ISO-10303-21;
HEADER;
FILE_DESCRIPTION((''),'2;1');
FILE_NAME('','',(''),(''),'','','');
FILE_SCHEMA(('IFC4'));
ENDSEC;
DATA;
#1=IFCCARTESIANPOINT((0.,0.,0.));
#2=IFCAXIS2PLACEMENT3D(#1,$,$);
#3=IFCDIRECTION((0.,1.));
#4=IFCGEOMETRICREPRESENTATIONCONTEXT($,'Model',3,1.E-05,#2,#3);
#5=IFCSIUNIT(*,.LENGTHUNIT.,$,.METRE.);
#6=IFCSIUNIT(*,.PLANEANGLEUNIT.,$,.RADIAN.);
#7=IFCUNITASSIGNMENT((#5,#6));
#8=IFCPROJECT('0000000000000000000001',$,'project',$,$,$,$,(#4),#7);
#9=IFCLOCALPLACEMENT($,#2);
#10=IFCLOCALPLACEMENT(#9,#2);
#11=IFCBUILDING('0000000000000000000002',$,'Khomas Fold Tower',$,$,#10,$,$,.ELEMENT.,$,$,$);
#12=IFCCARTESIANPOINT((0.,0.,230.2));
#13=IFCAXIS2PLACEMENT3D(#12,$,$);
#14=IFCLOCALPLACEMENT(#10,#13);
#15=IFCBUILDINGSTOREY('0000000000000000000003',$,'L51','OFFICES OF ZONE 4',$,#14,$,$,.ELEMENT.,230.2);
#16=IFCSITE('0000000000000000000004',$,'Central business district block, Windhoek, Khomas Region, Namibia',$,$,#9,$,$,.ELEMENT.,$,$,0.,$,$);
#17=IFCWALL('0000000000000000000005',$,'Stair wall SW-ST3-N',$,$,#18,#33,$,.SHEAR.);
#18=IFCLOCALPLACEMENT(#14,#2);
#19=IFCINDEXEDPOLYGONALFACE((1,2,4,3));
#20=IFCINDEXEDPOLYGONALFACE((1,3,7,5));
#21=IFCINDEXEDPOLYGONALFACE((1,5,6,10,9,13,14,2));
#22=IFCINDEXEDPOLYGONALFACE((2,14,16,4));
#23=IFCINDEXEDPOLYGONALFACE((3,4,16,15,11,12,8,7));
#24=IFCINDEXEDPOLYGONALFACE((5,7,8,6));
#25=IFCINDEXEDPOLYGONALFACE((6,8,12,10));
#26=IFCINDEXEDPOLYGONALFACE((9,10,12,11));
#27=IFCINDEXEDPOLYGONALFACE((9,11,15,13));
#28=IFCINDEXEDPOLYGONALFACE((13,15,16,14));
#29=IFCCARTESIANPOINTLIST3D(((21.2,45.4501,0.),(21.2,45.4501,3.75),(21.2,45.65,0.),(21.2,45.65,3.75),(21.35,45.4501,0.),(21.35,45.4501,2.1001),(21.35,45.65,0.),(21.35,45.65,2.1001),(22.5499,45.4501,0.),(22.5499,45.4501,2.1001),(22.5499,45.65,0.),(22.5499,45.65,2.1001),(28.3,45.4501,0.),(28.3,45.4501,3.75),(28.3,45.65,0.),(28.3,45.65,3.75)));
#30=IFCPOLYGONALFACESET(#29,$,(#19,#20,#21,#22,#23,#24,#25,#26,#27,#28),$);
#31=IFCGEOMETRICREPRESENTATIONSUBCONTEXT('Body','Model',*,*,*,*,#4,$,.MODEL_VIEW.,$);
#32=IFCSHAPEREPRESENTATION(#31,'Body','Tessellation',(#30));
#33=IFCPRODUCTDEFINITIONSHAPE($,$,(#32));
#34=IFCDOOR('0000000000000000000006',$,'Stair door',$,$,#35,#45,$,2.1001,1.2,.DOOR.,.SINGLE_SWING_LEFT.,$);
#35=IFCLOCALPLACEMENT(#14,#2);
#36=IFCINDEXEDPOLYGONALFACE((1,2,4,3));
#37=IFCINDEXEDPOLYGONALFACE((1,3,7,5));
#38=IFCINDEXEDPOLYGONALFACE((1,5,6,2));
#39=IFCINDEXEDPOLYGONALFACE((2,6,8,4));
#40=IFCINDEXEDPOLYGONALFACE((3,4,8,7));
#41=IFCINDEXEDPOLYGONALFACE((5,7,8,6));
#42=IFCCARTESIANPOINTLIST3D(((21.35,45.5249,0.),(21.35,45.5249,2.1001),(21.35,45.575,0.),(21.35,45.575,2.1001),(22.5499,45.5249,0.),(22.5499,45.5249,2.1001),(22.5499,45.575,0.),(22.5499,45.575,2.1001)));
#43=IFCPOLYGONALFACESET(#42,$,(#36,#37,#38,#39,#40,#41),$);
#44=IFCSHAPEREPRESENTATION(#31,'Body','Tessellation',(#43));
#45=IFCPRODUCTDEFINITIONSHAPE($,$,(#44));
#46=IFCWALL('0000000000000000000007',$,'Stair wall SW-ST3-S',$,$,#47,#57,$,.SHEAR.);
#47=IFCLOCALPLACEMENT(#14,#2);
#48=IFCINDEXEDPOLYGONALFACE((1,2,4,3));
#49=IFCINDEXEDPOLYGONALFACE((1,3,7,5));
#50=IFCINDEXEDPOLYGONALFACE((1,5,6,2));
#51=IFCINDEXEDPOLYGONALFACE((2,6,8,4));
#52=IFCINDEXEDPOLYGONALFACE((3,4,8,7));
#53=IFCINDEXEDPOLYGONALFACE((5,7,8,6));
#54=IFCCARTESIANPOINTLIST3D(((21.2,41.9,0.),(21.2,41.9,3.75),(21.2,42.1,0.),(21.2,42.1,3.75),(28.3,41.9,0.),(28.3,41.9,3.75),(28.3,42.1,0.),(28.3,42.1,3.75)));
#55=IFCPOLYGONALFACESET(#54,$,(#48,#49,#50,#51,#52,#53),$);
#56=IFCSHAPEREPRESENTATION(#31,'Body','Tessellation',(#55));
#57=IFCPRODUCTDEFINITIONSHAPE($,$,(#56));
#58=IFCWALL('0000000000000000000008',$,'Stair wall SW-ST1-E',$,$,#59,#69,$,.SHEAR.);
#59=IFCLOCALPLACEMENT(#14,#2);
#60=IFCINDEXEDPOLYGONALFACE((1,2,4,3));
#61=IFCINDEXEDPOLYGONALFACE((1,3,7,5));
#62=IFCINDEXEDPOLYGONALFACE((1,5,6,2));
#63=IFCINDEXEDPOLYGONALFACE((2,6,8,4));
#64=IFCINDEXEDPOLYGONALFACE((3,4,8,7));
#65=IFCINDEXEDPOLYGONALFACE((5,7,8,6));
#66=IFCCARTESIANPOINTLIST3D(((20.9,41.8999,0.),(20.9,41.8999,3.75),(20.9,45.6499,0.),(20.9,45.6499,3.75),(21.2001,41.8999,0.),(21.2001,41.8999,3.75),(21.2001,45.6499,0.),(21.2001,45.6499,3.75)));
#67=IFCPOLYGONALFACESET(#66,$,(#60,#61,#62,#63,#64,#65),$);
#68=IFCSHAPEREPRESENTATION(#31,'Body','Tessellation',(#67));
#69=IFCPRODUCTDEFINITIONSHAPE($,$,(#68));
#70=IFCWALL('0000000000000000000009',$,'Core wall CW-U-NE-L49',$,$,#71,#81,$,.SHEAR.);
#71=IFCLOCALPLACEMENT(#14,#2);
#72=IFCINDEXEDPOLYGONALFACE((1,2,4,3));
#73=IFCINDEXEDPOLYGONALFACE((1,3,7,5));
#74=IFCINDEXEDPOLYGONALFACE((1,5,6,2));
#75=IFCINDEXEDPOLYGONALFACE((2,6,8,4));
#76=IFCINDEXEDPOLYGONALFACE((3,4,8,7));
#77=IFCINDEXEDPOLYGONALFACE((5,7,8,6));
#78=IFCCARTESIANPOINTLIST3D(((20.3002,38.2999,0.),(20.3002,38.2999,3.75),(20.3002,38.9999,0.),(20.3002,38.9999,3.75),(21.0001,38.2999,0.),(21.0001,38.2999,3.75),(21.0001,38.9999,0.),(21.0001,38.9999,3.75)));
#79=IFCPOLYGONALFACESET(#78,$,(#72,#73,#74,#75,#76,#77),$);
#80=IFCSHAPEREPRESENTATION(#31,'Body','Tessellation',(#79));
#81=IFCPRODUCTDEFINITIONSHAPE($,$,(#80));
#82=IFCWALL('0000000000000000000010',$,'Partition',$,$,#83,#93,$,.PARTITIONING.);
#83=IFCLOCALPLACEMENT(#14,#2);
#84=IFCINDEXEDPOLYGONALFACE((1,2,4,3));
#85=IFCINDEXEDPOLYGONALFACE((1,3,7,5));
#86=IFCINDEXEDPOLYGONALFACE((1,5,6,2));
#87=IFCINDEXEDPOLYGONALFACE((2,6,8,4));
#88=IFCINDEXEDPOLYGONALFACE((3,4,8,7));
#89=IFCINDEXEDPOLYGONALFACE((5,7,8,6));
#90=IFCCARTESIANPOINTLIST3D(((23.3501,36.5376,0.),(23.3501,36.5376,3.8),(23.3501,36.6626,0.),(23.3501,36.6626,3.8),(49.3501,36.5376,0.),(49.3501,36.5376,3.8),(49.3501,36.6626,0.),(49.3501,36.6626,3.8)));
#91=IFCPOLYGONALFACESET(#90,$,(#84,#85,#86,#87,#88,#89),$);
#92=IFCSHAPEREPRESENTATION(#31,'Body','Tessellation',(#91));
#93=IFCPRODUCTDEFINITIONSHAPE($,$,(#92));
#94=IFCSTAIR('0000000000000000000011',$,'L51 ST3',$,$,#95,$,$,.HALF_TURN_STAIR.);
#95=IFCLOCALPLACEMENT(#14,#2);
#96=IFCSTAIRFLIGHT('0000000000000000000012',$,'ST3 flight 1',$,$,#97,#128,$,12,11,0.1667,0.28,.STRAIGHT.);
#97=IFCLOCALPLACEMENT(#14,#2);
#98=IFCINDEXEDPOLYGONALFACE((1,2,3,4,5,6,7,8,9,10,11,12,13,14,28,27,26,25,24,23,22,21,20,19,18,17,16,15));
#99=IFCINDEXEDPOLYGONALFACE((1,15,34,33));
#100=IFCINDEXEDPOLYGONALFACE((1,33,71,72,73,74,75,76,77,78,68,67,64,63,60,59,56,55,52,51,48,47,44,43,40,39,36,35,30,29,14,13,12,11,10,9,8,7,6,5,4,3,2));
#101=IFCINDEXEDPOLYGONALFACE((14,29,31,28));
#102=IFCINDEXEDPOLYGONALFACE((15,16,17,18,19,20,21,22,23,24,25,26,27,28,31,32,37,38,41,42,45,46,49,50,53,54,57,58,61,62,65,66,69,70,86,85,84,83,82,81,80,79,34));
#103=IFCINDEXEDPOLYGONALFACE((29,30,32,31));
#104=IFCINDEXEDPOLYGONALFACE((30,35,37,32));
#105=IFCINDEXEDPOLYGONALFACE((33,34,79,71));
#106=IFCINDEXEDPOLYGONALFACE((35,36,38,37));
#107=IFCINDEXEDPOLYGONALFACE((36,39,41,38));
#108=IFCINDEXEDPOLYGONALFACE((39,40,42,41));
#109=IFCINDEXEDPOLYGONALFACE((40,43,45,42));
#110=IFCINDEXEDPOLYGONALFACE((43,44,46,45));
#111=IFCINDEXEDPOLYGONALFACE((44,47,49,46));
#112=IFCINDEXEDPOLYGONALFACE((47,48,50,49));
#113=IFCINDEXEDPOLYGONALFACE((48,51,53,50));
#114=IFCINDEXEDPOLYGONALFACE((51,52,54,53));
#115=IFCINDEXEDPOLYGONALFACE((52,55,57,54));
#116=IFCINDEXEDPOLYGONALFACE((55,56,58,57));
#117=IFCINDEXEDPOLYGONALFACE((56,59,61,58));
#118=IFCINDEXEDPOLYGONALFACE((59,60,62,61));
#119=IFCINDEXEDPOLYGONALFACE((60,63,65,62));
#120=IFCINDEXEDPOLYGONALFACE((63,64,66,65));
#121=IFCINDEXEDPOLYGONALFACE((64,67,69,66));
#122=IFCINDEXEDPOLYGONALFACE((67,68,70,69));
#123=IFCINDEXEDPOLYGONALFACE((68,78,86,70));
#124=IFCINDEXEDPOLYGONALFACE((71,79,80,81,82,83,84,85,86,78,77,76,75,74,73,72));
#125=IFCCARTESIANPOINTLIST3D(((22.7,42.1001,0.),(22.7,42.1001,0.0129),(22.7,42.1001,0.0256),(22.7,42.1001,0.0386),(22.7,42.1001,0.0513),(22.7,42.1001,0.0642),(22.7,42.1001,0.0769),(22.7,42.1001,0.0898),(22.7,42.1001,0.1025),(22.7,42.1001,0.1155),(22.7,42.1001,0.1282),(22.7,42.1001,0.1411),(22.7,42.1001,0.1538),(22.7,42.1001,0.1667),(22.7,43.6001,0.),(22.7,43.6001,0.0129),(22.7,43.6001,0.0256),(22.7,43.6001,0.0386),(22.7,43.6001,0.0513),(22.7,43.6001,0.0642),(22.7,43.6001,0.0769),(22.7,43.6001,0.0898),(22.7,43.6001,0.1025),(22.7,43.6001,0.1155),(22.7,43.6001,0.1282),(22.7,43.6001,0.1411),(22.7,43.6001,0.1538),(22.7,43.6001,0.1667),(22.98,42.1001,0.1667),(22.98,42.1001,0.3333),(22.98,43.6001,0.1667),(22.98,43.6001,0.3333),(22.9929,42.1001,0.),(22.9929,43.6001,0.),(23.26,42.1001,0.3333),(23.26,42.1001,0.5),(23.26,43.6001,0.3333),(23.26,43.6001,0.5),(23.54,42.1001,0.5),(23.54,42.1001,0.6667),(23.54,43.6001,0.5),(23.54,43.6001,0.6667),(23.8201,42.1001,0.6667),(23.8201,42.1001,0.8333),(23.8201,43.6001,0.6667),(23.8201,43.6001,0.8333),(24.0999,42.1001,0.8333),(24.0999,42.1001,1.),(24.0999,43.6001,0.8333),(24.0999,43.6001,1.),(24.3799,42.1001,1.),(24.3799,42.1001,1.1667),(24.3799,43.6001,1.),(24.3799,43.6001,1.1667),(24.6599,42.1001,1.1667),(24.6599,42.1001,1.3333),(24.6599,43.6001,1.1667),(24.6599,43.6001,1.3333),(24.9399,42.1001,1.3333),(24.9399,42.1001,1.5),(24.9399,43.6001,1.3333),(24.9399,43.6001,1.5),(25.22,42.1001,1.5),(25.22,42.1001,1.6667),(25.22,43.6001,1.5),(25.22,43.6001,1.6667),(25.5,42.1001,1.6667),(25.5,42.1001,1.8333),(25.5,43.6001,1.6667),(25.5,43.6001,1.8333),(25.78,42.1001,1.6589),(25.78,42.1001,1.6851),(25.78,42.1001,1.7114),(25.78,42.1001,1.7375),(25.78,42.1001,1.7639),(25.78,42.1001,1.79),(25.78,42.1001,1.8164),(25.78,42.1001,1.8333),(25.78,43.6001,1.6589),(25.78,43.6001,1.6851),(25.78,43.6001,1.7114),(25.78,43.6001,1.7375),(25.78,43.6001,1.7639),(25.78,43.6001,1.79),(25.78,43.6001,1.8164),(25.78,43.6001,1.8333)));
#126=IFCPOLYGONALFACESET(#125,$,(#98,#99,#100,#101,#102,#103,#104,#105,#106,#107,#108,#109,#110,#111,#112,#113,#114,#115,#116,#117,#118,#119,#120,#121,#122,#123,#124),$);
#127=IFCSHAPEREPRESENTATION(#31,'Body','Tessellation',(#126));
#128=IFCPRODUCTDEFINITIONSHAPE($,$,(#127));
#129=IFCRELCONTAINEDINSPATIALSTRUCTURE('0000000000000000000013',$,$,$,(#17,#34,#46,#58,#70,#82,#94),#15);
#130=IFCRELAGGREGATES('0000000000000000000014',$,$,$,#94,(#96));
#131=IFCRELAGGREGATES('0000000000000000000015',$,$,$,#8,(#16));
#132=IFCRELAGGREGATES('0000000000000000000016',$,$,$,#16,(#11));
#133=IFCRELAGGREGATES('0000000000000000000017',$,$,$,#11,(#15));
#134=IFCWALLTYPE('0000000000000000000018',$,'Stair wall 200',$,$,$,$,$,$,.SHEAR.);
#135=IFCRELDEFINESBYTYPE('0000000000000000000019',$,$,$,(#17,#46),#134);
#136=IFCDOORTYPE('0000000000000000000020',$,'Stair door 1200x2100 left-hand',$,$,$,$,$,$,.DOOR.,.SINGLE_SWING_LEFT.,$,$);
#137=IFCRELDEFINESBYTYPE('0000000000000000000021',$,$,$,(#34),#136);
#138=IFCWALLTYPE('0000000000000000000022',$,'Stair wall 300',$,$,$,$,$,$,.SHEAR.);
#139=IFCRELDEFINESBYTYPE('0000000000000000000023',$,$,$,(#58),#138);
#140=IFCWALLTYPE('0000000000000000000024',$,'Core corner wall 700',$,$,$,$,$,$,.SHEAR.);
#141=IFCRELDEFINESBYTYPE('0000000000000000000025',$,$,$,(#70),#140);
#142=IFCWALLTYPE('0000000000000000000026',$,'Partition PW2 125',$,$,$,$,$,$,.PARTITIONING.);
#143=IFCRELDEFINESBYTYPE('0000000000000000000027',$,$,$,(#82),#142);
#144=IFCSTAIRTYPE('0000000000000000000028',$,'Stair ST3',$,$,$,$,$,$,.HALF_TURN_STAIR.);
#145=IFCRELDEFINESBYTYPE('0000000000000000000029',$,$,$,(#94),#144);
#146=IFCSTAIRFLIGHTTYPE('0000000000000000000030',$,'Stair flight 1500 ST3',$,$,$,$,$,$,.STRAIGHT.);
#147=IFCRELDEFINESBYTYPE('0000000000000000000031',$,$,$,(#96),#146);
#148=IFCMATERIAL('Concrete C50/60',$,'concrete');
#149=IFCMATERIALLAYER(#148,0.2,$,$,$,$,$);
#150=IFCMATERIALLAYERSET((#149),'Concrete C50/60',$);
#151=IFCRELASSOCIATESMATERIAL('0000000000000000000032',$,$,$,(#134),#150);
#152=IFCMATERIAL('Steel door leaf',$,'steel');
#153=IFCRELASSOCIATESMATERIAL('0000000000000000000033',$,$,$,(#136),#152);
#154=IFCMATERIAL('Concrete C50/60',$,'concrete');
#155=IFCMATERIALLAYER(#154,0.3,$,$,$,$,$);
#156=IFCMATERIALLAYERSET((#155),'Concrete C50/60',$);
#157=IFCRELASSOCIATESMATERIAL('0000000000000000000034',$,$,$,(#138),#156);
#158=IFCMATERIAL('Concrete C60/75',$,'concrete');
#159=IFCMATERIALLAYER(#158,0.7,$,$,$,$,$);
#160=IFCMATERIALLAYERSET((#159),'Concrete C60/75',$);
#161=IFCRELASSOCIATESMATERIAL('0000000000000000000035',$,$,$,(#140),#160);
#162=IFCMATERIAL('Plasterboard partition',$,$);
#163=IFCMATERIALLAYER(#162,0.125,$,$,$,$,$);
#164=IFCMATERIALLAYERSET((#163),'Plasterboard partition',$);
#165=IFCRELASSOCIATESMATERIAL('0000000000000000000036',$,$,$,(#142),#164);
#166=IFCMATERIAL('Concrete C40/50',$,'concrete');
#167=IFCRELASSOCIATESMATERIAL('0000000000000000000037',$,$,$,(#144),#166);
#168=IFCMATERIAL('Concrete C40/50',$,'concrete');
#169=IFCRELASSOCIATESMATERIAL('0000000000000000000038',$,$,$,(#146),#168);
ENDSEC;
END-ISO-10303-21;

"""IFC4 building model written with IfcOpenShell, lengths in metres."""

from ifc_helpers import new_model, si_unit, direction, frame, frame_2d, origin, place, context, subcontext, project, spatial, polyline, rectangle, outline, extrude, source, transform, mapped, material, layer, layer_set, type_object, element, fill, aggregate, save


model = new_model("IFC4")

# Units and contexts
model_context = context("Model", 3, precision=1e-05, world=origin(), true_north=direction((0.0, 1.0)))
body_context = subcontext(model_context, "Body", "Model", "MODEL_VIEW")
ifc_project = project(units=[si_unit("LENGTHUNIT", "METRE"), si_unit("PLANEANGLEUNIT", "RADIAN")], contexts=[model_context])

# Site, building, storey
site_placement = place(None, origin())
site = spatial("IfcSite", under=ifc_project, at=site_placement, Name="Central business district block, Windhoek, Khomas Region, Namibia", CompositionType="ELEMENT", RefElevation=0.0)
building_placement = place(site_placement, origin())
building = spatial("IfcBuilding", under=site, at=building_placement, Name="Khomas Fold Tower", CompositionType="ELEMENT")
storey_placement = place(building_placement, frame((0.0, 0.0, 230.2)))
storey = spatial("IfcBuildingStorey", under=building, at=storey_placement, Name="L51", Description="OFFICES OF ZONE 4", CompositionType="ELEMENT", Elevation=230.2)

# Wall, opening, door
ifc_material_1 = material(Name="Concrete C50/60", Category="concrete")
ifc_layer_1 = layer(ifc_material_1, 0.2)
ifc_layer_set_1 = layer_set([ifc_layer_1], Name="Concrete C50/60")
wall_type_1 = type_object("IfcWallType", Name="Stair wall 200", PredefinedType="SHEAR", material=ifc_layer_set_1)
shared_shape_1 = source(origin(), body_context, "Body", "SweptSolid", [
    extrude(rectangle(XDim=7.1001, YDim=0.2, at=frame_2d((3.55, 0.0))), origin(), (0.0, 0.0, 1.0), 3.75),
])
wall_1_placement = place(storey_placement, frame((21.2, 45.55, 0.0), z_axis=(0.0, 0.0, 1.0), x_axis=(1.0, 0.0, 0.0)))
wall_1 = element("IfcWall", 1, at=wall_1_placement, inside=storey, type_object=wall_type_1, Name="Stair wall SW-ST3-N", PredefinedType="SHEAR", context=body_context, shape_type="MappedRepresentation", body=[
    mapped(shared_shape_1, transform((0.0, 0.0, 0.0))),
])
shared_shape_2 = source(origin(), body_context, "Body", "SweptSolid", [
    extrude(rectangle(XDim=1.2, YDim=2.1001, at=frame_2d((0.6001, 1.05))), frame((0.0, 0.1099, 0.0), z_axis=(0.0, -1.0, 0.0), x_axis=(1.0, 0.0, 0.0)), (0.0, 0.0, 1.0), 0.22),
])
opening_placement = place(wall_1_placement, frame((0.1499, 0.0, 0.0)))
opening = element("IfcOpeningElement", 2, at=opening_placement, cuts=wall_1, PredefinedType="OPENING", context=body_context, shape_type="MappedRepresentation", body=[
    mapped(shared_shape_2, transform((0.0, 0.0, 0.0))),
])
ifc_material_2 = material(Name="Steel door leaf", Category="steel")
door_type = type_object("IfcDoorType", Name="Stair door 1200x2100 left-hand", OperationType="SINGLE_SWING_LEFT", PredefinedType="DOOR", material=ifc_material_2)
shared_shape_3 = source(origin(), body_context, "Body", "SweptSolid", [
    extrude(rectangle(XDim=1.2, YDim=2.1001, at=frame_2d((0.6001, 1.05))), frame((0.0, 0.0249, 0.0), z_axis=(0.0, -1.0, 0.0), x_axis=(1.0, 0.0, 0.0)), (0.0, 0.0, 1.0), 0.05),
])
door_placement = place(opening_placement, origin())
door = element("IfcDoor", 3, at=door_placement, inside=storey, type_object=door_type, Name="Stair door", OperationType="SINGLE_SWING_LEFT", OverallHeight=2.1001, OverallWidth=1.2, PredefinedType="DOOR", context=body_context, shape_type="MappedRepresentation", body=[
    mapped(shared_shape_3, transform((0.0, 0.0, 0.0))),
])
fill(opening, door)

# Walls
wall_2_placement = place(storey_placement, frame((21.2, 42.0, 0.0), z_axis=(0.0, 0.0, 1.0), x_axis=(1.0, 0.0, 0.0)))
element("IfcWall", 4, at=wall_2_placement, inside=storey, type_object=wall_type_1, Name="Stair wall SW-ST3-S", PredefinedType="SHEAR", context=body_context, shape_type="MappedRepresentation", body=[
    mapped(shared_shape_1, transform((0.0, 0.0, 0.0))),
])
ifc_material_3 = material(Name="Concrete C50/60", Category="concrete")
ifc_layer_2 = layer(ifc_material_3, 0.3)
ifc_layer_set_2 = layer_set([ifc_layer_2], Name="Concrete C50/60")
wall_type_2 = type_object("IfcWallType", Name="Stair wall 300", PredefinedType="SHEAR", material=ifc_layer_set_2)
shared_shape_4 = source(origin(), body_context, "Body", "SweptSolid", [
    extrude(rectangle(XDim=3.75, YDim=0.3, at=frame_2d((1.875, 0.0))), origin(), (0.0, 0.0, 1.0), 3.75),
])
wall_3_placement = place(storey_placement, frame((21.05, 41.8999, 0.0), z_axis=(0.0, 0.0, 1.0), x_axis=(0.0, 1.0, 0.0)))
element("IfcWall", 5, at=wall_3_placement, inside=storey, type_object=wall_type_2, Name="Stair wall SW-ST1-E", PredefinedType="SHEAR", context=body_context, shape_type="MappedRepresentation", body=[
    mapped(shared_shape_4, transform((0.0, 0.0, 0.0))),
])
ifc_material_4 = material(Name="Concrete C60/75", Category="concrete")
ifc_layer_3 = layer(ifc_material_4, 0.7)
ifc_layer_set_3 = layer_set([ifc_layer_3], Name="Concrete C60/75")
wall_type_3 = type_object("IfcWallType", Name="Core corner wall 700", PredefinedType="SHEAR", material=ifc_layer_set_3)
shared_shape_5 = source(origin(), body_context, "Body", "SweptSolid", [
    extrude(rectangle(XDim=0.7, YDim=0.7, at=frame_2d((0.3501, 0.0))), origin(), (0.0, 0.0, 1.0), 3.75),
])
wall_4_placement = place(storey_placement, frame((20.3, 38.6499, 0.0), z_axis=(0.0, 0.0, 1.0), x_axis=(1.0, 0.0, 0.0)))
element("IfcWall", 6, at=wall_4_placement, inside=storey, type_object=wall_type_3, Name="Core wall CW-U-NE-L49", PredefinedType="SHEAR", context=body_context, shape_type="MappedRepresentation", body=[
    mapped(shared_shape_5, transform((0.0, 0.0, 0.0))),
])
ifc_material_5 = material(Name="Plasterboard partition")
ifc_layer_4 = layer(ifc_material_5, 0.125)
ifc_layer_set_4 = layer_set([ifc_layer_4], Name="Plasterboard partition")
wall_type_4 = type_object("IfcWallType", Name="Partition PW2 125", PredefinedType="PARTITIONING", material=ifc_layer_set_4)
shared_shape_6 = source(origin(), body_context, "Body", "SweptSolid", [
    extrude(rectangle(XDim=26.0, YDim=0.125, at=frame_2d((13.0, 0.0))), origin(), (0.0, 0.0, 1.0), 3.8),
])
wall_5_placement = place(storey_placement, frame((23.3501, 36.6001, 0.0), z_axis=(0.0, 0.0, 1.0), x_axis=(1.0, 0.0, 0.0)))
element("IfcWall", 7, at=wall_5_placement, inside=storey, type_object=wall_type_4, Name="Partition", PredefinedType="PARTITIONING", context=body_context, shape_type="MappedRepresentation", body=[
    mapped(shared_shape_6, transform((0.0, 0.0, 0.0))),
])

# Stair, stair flight
ifc_material_6 = material(Name="Concrete C40/50", Category="concrete")
stair_type = type_object("IfcStairType", Name="Stair ST3", PredefinedType="HALF_TURN_STAIR", material=ifc_material_6)
stair_placement = place(storey_placement, origin())
stair = element("IfcStair", 8, at=stair_placement, inside=storey, type_object=stair_type, Name="L51 ST3", PredefinedType="HALF_TURN_STAIR")
ifc_material_7 = material(Name="Concrete C40/50", Category="concrete")
stair_flight_type = type_object("IfcStairFlightType", Name="Stair flight 1500 ST3", PredefinedType="STRAIGHT", material=ifc_material_7)
shared_shape_7 = source(origin(), body_context, "Body", "SweptSolid", [
    extrude(outline(polyline([(0.0, 0.0), (0.0, 0.0129), (0.0, 0.0256), (0.0, 0.0386), (0.0, 0.0513), (0.0, 0.0642), (0.0, 0.0769), (0.0, 0.0898), (0.0, 0.1025), (0.0, 0.1155), (0.0, 0.1282), (0.0, 0.1411), (0.0, 0.1538), (0.0, 0.1667), (0.28, 0.1667), (0.28, 0.3333), (0.5601, 0.3333), (0.5601, 0.5), (0.8401, 0.5), (0.8401, 0.6667), (1.1201, 0.6667), (1.1201, 0.8333), (1.3999, 0.8333), (1.3999, 1.0), (1.6799, 1.0), (1.6799, 1.1667), (1.96, 1.1667), (1.96, 1.3333), (2.24, 1.3333), (2.24, 1.5), (2.52, 1.5), (2.52, 1.6667), (2.8, 1.6667), (2.8, 1.8333), (3.0801, 1.8333), (3.0801, 2.0), (3.0801, 1.9739), (3.0801, 1.9475), (3.0801, 1.9214), (3.0801, 1.895), (3.0801, 1.8689), (3.0801, 1.8425), (3.0801, 1.8164), (3.0801, 1.79), (3.0801, 1.7639), (3.0801, 1.7375), (3.0801, 1.7114), (3.0801, 1.6851), (3.0801, 1.6589), (0.293, 0.0), (0.0, 0.0)])), frame((0.0, 0.75, 0.0), z_axis=(0.0, -1.0, 0.0), x_axis=(1.0, 0.0, 0.0)), (0.0, 0.0, 1.0), 1.5),
])
stair_flight_1_placement = place(storey_placement, frame((22.7, 42.8501, 0.0), z_axis=(0.0, 0.0, 1.0), x_axis=(1.0, 0.0, 0.0)))
stair_flight_1 = element("IfcStairFlight", 9, at=stair_flight_1_placement, type_object=stair_flight_type, Name="ST3 flight 1", NumberOfRisers=12, NumberOfTreads=11, PredefinedType="STRAIGHT", RiserHeight=0.1667, TreadLength=0.28, context=body_context, shape_type="MappedRepresentation", body=[
    mapped(shared_shape_7, transform((0.0, 0.0, 0.0))),
])
aggregate(stair, [stair_flight_1])

save(model, "model.ifc")
